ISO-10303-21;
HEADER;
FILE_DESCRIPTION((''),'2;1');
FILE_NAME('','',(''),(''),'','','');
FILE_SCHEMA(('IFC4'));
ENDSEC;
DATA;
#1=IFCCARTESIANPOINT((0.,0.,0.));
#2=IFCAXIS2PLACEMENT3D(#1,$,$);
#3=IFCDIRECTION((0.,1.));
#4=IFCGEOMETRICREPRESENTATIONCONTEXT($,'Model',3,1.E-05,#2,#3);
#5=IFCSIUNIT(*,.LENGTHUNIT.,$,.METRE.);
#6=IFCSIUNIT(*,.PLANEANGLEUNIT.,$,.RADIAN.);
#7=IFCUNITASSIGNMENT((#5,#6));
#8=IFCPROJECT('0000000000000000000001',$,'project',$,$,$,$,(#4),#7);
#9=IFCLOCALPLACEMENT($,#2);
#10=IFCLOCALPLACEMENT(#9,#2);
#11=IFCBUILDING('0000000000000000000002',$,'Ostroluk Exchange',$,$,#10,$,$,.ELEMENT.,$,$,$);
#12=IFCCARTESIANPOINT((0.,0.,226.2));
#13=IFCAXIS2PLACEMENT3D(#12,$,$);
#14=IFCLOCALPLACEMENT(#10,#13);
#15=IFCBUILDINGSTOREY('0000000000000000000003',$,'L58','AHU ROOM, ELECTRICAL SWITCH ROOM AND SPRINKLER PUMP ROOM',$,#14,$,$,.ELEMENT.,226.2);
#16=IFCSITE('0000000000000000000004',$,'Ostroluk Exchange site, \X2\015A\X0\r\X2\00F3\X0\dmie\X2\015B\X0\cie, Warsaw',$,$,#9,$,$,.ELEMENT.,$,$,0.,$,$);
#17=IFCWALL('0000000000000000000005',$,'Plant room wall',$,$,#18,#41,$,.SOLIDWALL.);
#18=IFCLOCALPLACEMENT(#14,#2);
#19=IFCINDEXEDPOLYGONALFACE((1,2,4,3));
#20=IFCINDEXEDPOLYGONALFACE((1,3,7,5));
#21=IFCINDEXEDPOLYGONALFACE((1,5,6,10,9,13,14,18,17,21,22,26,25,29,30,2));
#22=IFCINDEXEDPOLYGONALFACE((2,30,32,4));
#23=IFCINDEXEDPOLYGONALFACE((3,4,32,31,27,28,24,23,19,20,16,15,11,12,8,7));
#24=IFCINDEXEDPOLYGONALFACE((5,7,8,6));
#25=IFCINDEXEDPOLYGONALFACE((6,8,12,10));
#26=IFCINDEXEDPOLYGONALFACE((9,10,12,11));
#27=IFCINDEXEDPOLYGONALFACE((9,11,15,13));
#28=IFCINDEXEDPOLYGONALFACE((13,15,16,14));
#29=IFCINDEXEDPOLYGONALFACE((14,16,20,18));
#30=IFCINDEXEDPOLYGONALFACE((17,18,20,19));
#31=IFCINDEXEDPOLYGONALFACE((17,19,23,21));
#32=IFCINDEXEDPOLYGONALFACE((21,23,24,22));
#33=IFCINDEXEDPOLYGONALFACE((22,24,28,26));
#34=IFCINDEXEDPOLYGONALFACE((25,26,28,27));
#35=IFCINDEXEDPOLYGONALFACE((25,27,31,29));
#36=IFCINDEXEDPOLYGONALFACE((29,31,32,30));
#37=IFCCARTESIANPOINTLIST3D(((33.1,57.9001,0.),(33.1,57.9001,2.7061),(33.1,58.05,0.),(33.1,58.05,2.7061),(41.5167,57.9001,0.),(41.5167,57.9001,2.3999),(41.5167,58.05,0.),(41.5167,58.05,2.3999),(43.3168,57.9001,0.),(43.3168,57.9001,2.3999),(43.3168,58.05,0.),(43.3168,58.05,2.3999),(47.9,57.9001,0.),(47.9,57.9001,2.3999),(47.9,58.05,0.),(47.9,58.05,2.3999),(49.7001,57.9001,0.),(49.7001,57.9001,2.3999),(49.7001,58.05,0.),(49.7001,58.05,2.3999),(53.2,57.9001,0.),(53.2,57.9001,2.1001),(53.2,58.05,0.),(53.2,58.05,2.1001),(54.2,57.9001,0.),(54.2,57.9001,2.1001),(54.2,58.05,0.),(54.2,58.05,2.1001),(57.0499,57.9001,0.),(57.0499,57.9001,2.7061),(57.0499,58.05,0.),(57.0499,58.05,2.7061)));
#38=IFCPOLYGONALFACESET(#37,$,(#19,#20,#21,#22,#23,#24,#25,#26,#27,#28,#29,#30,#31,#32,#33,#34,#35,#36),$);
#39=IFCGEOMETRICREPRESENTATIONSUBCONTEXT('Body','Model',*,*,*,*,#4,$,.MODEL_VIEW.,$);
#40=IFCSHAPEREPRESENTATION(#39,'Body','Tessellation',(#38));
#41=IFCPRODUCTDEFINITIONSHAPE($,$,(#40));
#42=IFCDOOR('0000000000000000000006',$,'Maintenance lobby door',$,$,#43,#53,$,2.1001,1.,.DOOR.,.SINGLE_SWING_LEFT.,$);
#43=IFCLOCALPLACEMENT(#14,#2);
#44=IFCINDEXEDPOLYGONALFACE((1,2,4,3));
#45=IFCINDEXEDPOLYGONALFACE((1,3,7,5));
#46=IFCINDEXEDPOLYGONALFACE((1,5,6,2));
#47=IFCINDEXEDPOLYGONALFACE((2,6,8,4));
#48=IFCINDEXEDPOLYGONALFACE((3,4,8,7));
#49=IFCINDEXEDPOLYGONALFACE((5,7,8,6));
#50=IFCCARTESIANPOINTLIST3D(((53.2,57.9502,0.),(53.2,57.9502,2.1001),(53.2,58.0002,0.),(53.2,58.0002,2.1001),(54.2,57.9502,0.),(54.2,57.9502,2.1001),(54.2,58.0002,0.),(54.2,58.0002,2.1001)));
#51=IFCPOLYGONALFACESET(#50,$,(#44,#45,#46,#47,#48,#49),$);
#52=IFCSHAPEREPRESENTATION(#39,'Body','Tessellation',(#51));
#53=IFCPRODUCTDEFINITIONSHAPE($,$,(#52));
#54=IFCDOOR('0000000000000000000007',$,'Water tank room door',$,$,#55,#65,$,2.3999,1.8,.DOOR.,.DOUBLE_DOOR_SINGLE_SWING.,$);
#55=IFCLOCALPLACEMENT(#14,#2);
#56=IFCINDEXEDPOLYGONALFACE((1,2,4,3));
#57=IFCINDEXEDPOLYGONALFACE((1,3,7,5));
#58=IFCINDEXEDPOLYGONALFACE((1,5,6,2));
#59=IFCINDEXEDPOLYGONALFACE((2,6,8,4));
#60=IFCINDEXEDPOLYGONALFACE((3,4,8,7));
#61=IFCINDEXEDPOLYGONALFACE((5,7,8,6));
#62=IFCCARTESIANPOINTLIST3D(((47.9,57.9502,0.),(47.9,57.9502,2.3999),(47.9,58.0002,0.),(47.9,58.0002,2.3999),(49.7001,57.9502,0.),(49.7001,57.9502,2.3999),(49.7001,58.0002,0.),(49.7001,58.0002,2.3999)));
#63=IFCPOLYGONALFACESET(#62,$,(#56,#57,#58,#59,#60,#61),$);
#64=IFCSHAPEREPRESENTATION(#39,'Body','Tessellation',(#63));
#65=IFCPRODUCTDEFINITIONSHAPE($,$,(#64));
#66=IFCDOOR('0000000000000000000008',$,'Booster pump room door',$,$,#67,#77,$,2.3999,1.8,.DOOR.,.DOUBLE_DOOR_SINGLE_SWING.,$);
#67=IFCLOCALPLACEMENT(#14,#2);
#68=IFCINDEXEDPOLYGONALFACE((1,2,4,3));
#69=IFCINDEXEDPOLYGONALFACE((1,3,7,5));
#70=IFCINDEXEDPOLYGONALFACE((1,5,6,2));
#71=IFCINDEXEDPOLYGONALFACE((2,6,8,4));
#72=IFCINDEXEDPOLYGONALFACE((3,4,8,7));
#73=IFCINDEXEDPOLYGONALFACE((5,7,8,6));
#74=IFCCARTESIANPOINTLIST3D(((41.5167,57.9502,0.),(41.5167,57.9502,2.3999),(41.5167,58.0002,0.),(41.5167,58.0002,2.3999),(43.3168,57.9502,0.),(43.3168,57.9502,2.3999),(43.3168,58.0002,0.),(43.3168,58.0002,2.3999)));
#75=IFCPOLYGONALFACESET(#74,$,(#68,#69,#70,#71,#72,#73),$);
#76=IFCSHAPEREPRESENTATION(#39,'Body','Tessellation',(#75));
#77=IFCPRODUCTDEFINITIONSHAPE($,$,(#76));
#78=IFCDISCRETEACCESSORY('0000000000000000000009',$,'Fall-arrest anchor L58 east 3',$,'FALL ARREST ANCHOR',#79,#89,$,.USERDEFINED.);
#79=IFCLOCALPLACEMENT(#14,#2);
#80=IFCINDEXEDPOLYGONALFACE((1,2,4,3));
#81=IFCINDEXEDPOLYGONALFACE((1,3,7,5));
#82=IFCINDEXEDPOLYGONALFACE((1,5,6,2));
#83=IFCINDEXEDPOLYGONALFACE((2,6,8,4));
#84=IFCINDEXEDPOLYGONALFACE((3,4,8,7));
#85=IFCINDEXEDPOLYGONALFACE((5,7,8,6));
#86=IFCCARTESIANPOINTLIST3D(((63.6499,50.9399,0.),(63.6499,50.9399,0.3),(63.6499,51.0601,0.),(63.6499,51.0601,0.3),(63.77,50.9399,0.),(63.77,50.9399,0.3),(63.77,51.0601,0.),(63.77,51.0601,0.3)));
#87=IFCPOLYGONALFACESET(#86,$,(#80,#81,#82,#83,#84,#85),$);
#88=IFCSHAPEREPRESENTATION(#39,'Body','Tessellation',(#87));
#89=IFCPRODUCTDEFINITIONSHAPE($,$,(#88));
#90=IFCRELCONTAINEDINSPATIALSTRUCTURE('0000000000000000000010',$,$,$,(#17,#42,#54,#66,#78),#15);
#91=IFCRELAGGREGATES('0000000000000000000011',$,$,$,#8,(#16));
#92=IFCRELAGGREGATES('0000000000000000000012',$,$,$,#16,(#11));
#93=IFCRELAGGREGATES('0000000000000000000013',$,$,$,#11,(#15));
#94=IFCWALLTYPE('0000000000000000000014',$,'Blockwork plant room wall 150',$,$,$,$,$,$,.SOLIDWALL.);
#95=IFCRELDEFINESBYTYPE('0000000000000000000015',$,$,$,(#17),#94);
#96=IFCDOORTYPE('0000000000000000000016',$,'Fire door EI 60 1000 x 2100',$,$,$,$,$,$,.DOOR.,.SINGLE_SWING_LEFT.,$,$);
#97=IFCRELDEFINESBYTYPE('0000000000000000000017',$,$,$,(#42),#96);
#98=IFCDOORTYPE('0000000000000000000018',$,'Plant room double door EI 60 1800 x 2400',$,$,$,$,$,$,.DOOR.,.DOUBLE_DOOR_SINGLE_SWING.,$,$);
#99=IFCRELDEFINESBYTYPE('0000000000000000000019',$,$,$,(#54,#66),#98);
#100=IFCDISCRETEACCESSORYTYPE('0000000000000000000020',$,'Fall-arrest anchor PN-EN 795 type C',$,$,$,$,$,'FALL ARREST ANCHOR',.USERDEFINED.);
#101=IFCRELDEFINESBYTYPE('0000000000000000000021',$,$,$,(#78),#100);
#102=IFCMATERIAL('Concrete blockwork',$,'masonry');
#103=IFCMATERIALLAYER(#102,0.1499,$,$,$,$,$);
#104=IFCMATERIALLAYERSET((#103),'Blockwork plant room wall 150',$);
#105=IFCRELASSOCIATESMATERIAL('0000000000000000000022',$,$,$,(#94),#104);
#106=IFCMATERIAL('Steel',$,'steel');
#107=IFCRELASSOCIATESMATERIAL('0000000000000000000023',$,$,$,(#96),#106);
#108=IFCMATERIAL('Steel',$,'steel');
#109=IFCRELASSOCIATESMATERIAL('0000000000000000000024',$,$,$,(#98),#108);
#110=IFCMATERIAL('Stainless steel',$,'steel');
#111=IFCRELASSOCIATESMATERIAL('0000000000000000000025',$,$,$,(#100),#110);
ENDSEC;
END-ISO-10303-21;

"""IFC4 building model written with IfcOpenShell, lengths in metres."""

from ifc_helpers import new_model, si_unit, direction, frame, frame_2d, origin, origin_2d, place, context, subcontext, project, spatial, rectangle, extrude, material, layer, layer_set, type_object, element, fill, save


model = new_model("IFC4")

# Units and contexts
model_context = context("Model", 3, precision=1e-05, world=origin(), true_north=direction((0.0, 1.0)))
body_context = subcontext(model_context, "Body", "Model", "MODEL_VIEW")
ifc_project = project(units=[si_unit("LENGTHUNIT", "METRE"), si_unit("PLANEANGLEUNIT", "RADIAN")], contexts=[model_context])

# Site, building, storey
site_placement = place(None, origin())
site = spatial("IfcSite", under=ifc_project, at=site_placement, Name="Ostroluk Exchange site, Śródmieście, Warsaw", CompositionType="ELEMENT", RefElevation=0.0)
building_placement = place(site_placement, origin())
building = spatial("IfcBuilding", under=site, at=building_placement, Name="Ostroluk Exchange", CompositionType="ELEMENT")
storey_placement = place(building_placement, frame((0.0, 0.0, 226.2)))
storey = spatial("IfcBuildingStorey", under=building, at=storey_placement, Name="L58", Description="AHU ROOM, ELECTRICAL SWITCH ROOM AND SPRINKLER PUMP ROOM", CompositionType="ELEMENT", Elevation=226.2)

# Shared definitions
ifc_material_1 = material(Name="Concrete blockwork", Category="masonry")
ifc_layer_1 = layer(ifc_material_1, 0.1499)
ifc_layer_set_1 = layer_set([ifc_layer_1], Name="Blockwork plant room wall 150")
wall_type = type_object("IfcWallType", Name="Blockwork plant room wall 150", PredefinedType="SOLIDWALL", material=ifc_layer_set_1)

# Wall, openings, doors
wall_1_placement = place(storey_placement, frame((57.05, 57.9751, 0.0), z_axis=(0.0, 0.0, 1.0), x_axis=(-1.0, 0.0, 0.0)))
wall_1 = element("IfcWall", 1, at=wall_1_placement, inside=storey, type_object=wall_type, Name="Plant room wall", PredefinedType="SOLIDWALL", context=body_context, shape_type="SweptSolid", body=[
    extrude(rectangle(XDim=23.95, YDim=0.1499, at=frame_2d((11.9751, 0.0))), origin(), (0.0, 0.0, 1.0), 2.7061),
])
opening_1_placement = place(wall_1_placement, frame((2.8501, 0.0, 0.0)))
opening_1 = element("IfcOpeningElement", 2, at=opening_1_placement, cuts=wall_1, PredefinedType="OPENING", context=body_context, shape_type="SweptSolid", body=[
    extrude(rectangle(XDim=1.0, YDim=2.1001, at=frame_2d((0.5, 1.05))), frame((0.0, 0.085, 0.0), z_axis=(0.0, -1.0, 0.0), x_axis=(1.0, 0.0, 0.0)), (0.0, 0.0, 1.0), 0.1699),
])
opening_2_placement = place(wall_1_placement, frame((7.3501, 0.0, 0.0)))
opening_2 = element("IfcOpeningElement", 3, at=opening_2_placement, cuts=wall_1, PredefinedType="OPENING", context=body_context, shape_type="SweptSolid", body=[
    extrude(rectangle(XDim=1.8, YDim=2.3999, at=frame_2d((0.8999, 1.2))), frame((0.0, 0.085, 0.0), z_axis=(0.0, -1.0, 0.0), x_axis=(1.0, 0.0, 0.0)), (0.0, 0.0, 1.0), 0.1699),
])
opening_3_placement = place(wall_1_placement, frame((13.7334, 0.0, 0.0)))
opening_3 = element("IfcOpeningElement", 4, at=opening_3_placement, cuts=wall_1, PredefinedType="OPENING", context=body_context, shape_type="SweptSolid", body=[
    extrude(rectangle(XDim=1.8, YDim=2.3999, at=frame_2d((0.8999, 1.2))), frame((0.0, 0.085, 0.0), z_axis=(0.0, -1.0, 0.0), x_axis=(1.0, 0.0, 0.0)), (0.0, 0.0, 1.0), 0.1699),
])
ifc_material_2 = material(Name="Steel", Category="steel")
door_type_1 = type_object("IfcDoorType", Name="Fire door EI 60 1000 x 2100", OperationType="SINGLE_SWING_LEFT", PredefinedType="DOOR", material=ifc_material_2)
door_1_placement = place(opening_1_placement, origin())
door_1 = element("IfcDoor", 5, at=door_1_placement, inside=storey, type_object=door_type_1, Name="Maintenance lobby door", OperationType="SINGLE_SWING_LEFT", OverallHeight=2.1001, OverallWidth=1.0, PredefinedType="DOOR", context=body_context, shape_type="SweptSolid", body=[
    extrude(rectangle(XDim=1.0, YDim=2.1001, at=frame_2d((0.5, 1.05))), frame((0.0, 0.0249, 0.0), z_axis=(0.0, -1.0, 0.0), x_axis=(1.0, 0.0, 0.0)), (0.0, 0.0, 1.0), 0.05),
])
fill(opening_1, door_1)
ifc_material_3 = material(Name="Steel", Category="steel")
door_type_2 = type_object("IfcDoorType", Name="Plant room double door EI 60 1800 x 2400", OperationType="DOUBLE_DOOR_SINGLE_SWING", PredefinedType="DOOR", material=ifc_material_3)
door_2_placement = place(opening_2_placement, origin())
door_2 = element("IfcDoor", 6, at=door_2_placement, inside=storey, type_object=door_type_2, Name="Water tank room door", OperationType="DOUBLE_DOOR_SINGLE_SWING", OverallHeight=2.3999, OverallWidth=1.8, PredefinedType="DOOR", context=body_context, shape_type="SweptSolid", body=[
    extrude(rectangle(XDim=1.8, YDim=2.3999, at=frame_2d((0.8999, 1.2))), frame((0.0, 0.0249, 0.0), z_axis=(0.0, -1.0, 0.0), x_axis=(1.0, 0.0, 0.0)), (0.0, 0.0, 1.0), 0.05),
])
fill(opening_2, door_2)
door_3_placement = place(opening_3_placement, origin())
door_3 = element("IfcDoor", 7, at=door_3_placement, inside=storey, type_object=door_type_2, Name="Booster pump room door", OperationType="DOUBLE_DOOR_SINGLE_SWING", OverallHeight=2.3999, OverallWidth=1.8, PredefinedType="DOOR", context=body_context, shape_type="SweptSolid", body=[
    extrude(rectangle(XDim=1.8, YDim=2.3999, at=frame_2d((0.8999, 1.2))), frame((0.0, 0.0249, 0.0), z_axis=(0.0, -1.0, 0.0), x_axis=(1.0, 0.0, 0.0)), (0.0, 0.0, 1.0), 0.05),
])
fill(opening_3, door_3)

# Discrete accessory
ifc_material_4 = material(Name="Stainless steel", Category="steel")
discrete_accessory_type = type_object("IfcDiscreteAccessoryType", Name="Fall-arrest anchor PN-EN 795 type C", ElementType="FALL ARREST ANCHOR", PredefinedType="USERDEFINED", material=ifc_material_4)
discrete_accessory_placement = place(storey_placement, frame((63.71, 51.0, 0.0), z_axis=(0.0, 0.0, 1.0), x_axis=(1.0, 0.0, 0.0)))
element("IfcDiscreteAccessory", 8, at=discrete_accessory_placement, inside=storey, type_object=discrete_accessory_type, Name="Fall-arrest anchor L58 east 3", ObjectType="FALL ARREST ANCHOR", PredefinedType="USERDEFINED", context=body_context, shape_type="SweptSolid", body=[
    extrude(rectangle(XDim=0.1201, YDim=0.1201, at=origin_2d()), origin(), (0.0, 0.0, 1.0), 0.3),
])

save(model, "model.ifc")
